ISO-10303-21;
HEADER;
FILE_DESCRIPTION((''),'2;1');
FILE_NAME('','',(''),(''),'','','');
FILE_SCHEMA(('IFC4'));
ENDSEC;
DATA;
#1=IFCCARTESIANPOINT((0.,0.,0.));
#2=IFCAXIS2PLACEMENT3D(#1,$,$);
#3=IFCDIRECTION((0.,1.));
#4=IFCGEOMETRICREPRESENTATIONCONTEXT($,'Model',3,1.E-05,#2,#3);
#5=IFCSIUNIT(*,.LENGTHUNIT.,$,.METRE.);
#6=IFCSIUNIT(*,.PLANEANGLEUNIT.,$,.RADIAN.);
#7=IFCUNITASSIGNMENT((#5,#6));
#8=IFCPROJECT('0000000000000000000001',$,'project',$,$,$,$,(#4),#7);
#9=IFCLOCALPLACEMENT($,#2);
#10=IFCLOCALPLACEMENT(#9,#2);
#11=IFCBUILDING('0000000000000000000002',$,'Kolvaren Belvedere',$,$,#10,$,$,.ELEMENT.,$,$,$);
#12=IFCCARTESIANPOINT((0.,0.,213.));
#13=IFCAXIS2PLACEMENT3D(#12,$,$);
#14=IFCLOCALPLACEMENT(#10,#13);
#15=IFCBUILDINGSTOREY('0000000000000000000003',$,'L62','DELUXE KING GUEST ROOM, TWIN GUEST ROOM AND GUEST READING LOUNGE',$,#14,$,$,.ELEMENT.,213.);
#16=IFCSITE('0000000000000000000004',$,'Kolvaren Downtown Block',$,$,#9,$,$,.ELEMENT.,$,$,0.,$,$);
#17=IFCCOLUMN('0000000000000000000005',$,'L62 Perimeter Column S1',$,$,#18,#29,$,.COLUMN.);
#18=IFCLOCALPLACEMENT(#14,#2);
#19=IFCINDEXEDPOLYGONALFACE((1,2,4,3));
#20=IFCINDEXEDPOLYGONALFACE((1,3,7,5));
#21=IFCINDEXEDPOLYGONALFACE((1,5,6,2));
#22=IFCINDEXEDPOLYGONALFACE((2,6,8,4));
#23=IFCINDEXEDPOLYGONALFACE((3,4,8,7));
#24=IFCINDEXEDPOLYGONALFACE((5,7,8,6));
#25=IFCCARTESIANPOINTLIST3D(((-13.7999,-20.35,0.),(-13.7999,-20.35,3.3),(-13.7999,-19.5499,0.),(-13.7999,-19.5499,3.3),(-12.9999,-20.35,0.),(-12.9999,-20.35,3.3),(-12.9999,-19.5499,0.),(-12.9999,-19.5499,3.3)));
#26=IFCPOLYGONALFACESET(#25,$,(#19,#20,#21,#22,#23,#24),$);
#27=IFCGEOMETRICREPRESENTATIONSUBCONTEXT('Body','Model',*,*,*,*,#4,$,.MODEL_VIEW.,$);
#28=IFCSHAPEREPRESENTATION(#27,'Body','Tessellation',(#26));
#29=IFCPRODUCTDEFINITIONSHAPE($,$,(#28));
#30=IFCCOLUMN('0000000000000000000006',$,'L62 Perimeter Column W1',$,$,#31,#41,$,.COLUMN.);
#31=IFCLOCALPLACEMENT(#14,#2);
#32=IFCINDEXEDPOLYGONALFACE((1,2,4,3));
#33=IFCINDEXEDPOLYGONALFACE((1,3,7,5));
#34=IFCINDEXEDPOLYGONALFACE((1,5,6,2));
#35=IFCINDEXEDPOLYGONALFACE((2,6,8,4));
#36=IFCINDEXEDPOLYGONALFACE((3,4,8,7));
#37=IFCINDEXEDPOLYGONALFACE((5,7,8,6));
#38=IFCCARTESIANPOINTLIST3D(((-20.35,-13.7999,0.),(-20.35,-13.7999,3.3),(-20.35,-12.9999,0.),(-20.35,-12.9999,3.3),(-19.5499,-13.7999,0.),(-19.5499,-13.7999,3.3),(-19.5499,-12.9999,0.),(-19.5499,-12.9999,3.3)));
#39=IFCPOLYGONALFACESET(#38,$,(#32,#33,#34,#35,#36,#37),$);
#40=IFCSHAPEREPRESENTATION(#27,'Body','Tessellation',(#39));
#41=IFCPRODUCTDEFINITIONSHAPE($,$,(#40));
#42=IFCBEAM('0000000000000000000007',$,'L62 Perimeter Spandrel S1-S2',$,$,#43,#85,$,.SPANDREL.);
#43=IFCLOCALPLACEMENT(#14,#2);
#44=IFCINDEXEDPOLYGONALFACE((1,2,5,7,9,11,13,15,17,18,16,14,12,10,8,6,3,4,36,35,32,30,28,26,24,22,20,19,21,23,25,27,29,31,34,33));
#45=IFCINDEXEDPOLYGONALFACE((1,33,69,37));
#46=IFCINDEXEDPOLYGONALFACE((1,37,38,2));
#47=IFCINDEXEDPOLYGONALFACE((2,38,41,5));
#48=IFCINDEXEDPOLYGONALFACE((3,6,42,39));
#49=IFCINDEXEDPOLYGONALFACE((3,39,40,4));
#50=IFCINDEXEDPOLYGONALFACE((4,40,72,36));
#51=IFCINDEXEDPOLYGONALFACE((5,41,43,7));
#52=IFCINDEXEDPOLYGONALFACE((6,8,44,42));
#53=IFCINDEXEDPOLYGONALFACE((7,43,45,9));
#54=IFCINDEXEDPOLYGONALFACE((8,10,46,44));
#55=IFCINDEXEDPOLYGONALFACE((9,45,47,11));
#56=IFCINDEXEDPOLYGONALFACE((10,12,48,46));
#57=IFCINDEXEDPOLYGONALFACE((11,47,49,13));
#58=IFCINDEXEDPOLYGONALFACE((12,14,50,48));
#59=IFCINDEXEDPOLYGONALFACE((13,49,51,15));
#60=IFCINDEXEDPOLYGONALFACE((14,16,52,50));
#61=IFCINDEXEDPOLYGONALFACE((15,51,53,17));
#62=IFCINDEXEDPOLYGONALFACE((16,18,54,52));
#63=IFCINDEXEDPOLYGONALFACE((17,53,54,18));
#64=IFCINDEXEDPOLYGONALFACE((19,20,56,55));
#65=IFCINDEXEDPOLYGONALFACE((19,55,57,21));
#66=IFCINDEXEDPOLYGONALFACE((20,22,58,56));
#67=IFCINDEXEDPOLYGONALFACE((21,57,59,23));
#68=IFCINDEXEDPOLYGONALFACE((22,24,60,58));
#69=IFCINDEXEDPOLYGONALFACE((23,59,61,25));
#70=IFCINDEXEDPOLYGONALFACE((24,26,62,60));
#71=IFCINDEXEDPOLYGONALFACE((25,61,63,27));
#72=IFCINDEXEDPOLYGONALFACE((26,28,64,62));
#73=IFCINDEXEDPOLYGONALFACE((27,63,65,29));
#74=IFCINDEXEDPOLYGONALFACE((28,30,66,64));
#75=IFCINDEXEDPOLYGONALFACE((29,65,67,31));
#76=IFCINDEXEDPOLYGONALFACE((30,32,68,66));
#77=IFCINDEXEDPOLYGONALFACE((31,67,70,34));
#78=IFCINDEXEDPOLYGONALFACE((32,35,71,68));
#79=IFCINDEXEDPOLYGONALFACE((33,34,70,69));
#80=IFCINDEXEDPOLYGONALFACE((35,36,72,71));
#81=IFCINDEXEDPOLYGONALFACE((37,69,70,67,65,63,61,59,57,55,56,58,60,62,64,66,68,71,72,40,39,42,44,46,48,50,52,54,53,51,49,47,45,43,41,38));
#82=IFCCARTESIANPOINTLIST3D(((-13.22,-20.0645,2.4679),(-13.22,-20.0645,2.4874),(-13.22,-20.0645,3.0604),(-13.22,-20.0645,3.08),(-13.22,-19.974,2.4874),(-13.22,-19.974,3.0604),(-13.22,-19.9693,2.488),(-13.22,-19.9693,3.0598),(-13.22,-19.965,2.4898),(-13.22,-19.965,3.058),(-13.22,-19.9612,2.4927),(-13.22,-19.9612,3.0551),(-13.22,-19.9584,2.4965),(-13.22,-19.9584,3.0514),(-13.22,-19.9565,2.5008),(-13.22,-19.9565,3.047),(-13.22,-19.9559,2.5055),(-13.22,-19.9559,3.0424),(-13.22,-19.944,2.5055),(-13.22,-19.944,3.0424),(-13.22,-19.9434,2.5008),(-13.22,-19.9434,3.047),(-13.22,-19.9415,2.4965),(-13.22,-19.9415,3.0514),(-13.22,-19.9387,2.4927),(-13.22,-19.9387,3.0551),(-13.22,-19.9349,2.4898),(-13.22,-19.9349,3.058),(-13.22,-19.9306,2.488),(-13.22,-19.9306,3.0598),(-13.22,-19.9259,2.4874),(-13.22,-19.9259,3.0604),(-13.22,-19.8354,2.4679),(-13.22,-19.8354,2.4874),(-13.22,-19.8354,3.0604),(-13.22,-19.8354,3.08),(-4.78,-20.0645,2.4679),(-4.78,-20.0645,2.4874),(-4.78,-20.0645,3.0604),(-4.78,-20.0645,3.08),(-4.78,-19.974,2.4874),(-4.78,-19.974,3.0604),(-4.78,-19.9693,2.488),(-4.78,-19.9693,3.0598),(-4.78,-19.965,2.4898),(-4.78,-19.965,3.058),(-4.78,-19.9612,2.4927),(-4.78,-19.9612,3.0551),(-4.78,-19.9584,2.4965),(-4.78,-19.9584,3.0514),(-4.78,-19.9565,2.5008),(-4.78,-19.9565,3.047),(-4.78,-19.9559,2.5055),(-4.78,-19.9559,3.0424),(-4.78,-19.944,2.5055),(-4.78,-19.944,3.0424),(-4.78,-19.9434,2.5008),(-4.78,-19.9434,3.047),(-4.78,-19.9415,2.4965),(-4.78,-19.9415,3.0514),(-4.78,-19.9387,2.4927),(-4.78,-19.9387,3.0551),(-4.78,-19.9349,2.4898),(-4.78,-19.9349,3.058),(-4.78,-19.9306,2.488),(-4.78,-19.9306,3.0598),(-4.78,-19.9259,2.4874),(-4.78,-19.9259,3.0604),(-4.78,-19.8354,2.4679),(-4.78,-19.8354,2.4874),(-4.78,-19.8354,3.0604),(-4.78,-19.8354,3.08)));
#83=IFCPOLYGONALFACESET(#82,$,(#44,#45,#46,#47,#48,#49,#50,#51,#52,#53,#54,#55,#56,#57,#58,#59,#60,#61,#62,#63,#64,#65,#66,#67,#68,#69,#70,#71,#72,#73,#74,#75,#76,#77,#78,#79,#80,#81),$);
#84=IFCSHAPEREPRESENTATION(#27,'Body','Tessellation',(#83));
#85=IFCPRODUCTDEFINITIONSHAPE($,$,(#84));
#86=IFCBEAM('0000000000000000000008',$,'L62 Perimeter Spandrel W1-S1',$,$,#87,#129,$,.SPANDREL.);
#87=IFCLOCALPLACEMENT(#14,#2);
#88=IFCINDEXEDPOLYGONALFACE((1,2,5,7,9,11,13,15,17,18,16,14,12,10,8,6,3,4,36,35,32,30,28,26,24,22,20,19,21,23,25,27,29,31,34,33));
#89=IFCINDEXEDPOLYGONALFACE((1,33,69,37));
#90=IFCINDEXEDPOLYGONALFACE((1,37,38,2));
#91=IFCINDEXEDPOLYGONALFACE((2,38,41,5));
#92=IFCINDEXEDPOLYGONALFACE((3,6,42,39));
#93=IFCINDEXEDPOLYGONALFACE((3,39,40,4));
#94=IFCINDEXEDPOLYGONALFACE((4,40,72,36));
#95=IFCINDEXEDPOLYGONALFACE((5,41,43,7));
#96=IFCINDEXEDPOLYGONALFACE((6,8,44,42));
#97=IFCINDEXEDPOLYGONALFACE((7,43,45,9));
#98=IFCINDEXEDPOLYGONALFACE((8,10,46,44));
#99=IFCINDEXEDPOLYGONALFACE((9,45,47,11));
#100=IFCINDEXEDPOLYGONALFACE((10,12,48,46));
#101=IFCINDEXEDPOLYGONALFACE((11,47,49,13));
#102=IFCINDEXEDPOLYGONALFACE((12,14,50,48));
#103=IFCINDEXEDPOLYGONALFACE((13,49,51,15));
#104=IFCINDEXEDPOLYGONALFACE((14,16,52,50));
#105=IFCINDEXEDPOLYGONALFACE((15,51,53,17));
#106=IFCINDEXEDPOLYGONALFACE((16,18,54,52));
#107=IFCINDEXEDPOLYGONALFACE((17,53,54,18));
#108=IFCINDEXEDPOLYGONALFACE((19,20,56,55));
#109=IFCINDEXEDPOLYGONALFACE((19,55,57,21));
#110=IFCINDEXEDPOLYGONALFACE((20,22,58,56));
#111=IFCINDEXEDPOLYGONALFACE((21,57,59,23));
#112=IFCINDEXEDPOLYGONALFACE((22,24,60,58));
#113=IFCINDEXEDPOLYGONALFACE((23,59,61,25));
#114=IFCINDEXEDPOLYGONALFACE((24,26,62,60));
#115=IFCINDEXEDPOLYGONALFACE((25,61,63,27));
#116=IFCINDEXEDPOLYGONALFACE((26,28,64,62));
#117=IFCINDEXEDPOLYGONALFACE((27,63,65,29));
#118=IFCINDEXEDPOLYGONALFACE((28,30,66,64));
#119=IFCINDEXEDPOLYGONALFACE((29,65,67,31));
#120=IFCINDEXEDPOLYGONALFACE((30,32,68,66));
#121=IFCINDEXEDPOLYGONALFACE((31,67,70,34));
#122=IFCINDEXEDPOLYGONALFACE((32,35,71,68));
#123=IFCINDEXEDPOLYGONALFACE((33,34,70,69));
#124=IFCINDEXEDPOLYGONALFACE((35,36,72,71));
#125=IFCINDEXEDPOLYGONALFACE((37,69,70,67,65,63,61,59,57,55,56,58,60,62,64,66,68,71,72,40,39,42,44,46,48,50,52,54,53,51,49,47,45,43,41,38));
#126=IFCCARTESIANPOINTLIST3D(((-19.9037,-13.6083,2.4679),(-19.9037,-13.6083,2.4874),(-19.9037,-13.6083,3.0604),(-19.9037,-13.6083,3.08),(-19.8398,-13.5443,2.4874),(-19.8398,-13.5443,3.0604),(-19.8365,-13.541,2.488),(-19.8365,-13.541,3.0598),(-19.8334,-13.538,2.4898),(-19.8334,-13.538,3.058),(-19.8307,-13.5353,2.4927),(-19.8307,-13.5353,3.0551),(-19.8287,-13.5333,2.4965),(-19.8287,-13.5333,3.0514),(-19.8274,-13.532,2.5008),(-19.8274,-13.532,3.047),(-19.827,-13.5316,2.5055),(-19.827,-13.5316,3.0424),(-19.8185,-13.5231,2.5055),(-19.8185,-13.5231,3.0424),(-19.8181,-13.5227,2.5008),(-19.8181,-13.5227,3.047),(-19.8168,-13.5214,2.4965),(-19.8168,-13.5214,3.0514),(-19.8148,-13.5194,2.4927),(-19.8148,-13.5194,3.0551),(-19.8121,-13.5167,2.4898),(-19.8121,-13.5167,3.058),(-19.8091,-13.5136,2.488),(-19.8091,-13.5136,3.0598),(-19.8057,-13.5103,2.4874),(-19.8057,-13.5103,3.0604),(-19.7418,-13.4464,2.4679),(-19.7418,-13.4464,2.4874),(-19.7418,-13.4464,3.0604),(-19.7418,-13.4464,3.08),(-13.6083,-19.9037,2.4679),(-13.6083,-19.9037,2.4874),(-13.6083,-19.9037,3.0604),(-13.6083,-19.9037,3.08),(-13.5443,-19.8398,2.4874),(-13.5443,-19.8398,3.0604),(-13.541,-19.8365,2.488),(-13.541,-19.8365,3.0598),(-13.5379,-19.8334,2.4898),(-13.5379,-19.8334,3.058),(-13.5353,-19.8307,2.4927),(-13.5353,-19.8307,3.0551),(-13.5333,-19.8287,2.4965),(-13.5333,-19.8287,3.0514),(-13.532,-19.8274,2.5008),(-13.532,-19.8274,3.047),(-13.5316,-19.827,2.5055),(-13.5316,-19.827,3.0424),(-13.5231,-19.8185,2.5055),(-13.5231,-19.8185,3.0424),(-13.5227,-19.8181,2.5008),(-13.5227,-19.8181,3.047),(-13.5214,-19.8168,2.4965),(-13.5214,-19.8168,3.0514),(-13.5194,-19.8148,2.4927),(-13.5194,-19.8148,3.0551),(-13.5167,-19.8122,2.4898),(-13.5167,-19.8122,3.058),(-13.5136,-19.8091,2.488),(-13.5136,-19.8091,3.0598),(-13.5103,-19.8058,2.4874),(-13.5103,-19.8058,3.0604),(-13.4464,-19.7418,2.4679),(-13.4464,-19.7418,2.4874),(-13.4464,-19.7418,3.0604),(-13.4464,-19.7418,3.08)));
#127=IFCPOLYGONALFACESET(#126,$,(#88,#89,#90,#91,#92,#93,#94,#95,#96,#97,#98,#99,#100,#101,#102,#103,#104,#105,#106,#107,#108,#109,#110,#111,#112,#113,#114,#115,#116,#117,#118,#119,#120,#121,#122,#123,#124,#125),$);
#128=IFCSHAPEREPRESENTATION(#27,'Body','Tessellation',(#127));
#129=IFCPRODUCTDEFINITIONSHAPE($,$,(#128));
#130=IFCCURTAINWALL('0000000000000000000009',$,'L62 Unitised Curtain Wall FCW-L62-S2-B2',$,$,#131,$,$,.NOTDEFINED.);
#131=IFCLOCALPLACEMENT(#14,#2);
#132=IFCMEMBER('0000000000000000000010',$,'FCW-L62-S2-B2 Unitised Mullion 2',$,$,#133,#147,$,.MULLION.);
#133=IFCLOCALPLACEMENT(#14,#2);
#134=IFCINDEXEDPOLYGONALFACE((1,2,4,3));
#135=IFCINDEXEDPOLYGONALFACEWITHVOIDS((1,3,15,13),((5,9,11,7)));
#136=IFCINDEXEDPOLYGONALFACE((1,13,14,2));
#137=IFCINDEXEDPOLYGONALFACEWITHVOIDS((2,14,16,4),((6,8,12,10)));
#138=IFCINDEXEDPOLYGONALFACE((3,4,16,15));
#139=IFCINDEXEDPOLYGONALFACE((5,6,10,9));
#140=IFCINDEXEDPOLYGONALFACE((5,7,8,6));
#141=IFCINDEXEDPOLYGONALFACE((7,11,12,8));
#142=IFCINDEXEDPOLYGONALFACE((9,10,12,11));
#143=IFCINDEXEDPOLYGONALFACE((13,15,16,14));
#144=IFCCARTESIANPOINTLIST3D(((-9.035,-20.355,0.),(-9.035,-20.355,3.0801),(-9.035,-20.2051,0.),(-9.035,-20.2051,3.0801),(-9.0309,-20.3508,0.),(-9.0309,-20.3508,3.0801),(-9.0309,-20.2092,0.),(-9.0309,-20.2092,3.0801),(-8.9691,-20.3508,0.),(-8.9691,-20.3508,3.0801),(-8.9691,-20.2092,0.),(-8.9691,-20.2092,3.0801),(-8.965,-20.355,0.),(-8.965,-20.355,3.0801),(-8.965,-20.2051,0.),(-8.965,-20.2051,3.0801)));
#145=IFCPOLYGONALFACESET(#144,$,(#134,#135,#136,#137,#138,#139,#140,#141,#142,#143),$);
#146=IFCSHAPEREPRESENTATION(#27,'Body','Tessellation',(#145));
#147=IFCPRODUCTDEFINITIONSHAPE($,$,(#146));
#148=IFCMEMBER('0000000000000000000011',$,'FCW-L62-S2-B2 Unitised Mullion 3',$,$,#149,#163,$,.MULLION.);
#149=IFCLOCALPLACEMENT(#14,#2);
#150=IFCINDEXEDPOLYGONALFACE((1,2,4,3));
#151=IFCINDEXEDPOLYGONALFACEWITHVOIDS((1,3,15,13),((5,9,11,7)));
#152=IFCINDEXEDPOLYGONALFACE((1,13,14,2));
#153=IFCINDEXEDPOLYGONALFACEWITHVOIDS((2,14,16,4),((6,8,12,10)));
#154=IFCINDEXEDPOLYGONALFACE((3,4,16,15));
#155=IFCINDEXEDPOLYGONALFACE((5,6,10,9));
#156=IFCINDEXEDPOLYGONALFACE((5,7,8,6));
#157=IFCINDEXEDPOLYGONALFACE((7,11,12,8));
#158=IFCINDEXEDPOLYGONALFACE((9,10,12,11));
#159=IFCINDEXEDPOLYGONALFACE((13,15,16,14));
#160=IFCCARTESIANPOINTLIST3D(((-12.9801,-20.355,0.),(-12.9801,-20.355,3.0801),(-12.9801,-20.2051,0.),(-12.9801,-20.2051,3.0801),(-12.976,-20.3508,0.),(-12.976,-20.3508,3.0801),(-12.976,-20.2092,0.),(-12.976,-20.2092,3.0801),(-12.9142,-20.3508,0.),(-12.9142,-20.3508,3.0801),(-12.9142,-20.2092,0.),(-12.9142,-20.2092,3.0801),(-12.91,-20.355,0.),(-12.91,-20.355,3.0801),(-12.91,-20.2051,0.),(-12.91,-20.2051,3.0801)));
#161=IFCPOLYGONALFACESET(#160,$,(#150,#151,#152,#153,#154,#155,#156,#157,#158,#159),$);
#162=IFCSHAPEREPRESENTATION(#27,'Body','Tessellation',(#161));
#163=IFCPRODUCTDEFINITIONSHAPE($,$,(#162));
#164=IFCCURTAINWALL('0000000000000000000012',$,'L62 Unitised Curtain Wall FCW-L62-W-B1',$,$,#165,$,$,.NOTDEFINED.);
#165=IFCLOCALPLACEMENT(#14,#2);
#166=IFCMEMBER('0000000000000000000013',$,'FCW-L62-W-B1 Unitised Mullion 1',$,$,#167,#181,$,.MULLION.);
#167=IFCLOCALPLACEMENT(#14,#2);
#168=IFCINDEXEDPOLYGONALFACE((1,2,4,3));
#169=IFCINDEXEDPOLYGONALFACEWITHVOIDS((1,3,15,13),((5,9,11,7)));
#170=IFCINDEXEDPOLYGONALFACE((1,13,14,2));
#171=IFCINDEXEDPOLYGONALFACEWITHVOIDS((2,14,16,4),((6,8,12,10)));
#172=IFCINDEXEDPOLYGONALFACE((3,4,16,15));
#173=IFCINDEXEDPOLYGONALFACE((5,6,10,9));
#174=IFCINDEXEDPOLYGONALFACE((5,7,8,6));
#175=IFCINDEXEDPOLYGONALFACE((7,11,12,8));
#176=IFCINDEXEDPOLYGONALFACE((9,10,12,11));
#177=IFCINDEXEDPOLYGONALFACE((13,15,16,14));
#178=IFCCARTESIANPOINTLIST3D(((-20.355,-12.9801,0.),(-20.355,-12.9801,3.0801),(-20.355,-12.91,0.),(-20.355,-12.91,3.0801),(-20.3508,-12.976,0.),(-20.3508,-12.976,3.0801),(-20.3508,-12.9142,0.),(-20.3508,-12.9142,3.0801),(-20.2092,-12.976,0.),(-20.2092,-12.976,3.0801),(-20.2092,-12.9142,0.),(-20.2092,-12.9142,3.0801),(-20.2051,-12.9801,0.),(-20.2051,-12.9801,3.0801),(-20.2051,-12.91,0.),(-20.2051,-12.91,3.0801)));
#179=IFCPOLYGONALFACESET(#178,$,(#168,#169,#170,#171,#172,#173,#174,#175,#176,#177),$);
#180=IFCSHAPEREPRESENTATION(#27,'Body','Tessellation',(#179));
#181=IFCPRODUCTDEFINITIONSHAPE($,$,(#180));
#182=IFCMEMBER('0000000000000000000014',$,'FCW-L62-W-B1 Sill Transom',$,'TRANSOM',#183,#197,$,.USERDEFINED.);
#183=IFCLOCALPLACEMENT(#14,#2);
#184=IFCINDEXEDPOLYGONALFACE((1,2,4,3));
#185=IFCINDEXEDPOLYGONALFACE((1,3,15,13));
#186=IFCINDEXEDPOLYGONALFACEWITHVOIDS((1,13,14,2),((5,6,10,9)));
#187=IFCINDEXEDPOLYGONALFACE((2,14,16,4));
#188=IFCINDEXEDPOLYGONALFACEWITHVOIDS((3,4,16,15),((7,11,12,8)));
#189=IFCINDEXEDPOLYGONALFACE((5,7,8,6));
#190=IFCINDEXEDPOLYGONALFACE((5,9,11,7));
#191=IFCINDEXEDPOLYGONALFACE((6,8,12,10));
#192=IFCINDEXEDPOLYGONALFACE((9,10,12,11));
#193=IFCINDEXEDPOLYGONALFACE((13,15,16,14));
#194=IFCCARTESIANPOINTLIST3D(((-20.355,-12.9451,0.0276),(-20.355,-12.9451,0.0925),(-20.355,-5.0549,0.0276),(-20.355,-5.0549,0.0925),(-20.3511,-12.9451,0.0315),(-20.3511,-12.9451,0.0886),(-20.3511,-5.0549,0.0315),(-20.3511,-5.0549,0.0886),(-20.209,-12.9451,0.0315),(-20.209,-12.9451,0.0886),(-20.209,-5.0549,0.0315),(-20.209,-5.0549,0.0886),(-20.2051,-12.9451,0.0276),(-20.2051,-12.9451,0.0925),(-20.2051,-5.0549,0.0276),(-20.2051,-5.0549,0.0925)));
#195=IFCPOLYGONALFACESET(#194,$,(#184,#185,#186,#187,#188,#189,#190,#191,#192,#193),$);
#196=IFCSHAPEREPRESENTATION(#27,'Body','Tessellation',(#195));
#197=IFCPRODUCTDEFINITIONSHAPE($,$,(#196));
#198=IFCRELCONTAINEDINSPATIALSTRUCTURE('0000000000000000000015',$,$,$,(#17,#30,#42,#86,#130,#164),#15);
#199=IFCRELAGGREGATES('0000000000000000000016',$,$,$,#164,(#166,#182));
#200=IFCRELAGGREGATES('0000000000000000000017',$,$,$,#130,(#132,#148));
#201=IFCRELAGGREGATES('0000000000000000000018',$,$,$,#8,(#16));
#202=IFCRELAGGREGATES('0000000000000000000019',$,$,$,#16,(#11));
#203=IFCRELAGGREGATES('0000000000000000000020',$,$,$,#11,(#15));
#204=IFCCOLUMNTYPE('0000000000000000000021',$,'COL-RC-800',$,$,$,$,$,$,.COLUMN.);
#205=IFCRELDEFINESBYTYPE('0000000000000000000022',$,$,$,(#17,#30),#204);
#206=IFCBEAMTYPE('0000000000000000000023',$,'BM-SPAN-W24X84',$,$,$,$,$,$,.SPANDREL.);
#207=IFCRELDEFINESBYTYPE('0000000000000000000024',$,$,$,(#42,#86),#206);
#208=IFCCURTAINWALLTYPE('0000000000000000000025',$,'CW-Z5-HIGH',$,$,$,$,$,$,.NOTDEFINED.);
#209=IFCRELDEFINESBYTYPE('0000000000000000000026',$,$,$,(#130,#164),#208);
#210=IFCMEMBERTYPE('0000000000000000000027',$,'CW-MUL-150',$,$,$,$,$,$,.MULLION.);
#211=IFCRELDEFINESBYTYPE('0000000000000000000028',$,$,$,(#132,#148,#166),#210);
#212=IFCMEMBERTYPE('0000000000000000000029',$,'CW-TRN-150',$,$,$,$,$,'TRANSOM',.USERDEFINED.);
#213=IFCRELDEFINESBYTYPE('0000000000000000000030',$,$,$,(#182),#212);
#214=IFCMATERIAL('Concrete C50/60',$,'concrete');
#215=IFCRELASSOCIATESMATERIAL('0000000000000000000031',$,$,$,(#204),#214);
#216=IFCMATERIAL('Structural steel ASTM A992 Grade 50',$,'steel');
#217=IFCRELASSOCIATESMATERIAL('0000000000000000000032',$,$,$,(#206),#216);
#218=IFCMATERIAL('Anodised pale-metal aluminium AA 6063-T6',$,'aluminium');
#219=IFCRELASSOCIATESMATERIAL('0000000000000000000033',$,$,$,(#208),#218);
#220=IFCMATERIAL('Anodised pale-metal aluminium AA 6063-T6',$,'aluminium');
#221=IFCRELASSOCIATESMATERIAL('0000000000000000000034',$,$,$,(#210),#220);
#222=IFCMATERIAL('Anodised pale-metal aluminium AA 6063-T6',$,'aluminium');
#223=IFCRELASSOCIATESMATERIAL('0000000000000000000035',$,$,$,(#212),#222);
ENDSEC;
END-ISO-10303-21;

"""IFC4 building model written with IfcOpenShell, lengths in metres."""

from ifc_helpers import new_model, si_unit, direction, frame, origin, origin_2d, place, context, subcontext, project, spatial, rectangle, hollow_rectangle, i_section, extrude, material, material_profile, profile_set, type_object, element, aggregate, save


model = new_model("IFC4")

# Units and contexts
model_context = context("Model", 3, precision=1e-05, world=origin(), true_north=direction((0.0, 1.0)))
body_context = subcontext(model_context, "Body", "Model", "MODEL_VIEW")
ifc_project = project(units=[si_unit("LENGTHUNIT", "METRE"), si_unit("PLANEANGLEUNIT", "RADIAN")], contexts=[model_context])

# Site, building, storey
site_placement = place(None, origin())
site = spatial("IfcSite", under=ifc_project, at=site_placement, Name="Kolvaren Downtown Block", CompositionType="ELEMENT", RefElevation=0.0)
building_placement = place(site_placement, origin())
building = spatial("IfcBuilding", under=site, at=building_placement, Name="Kolvaren Belvedere", CompositionType="ELEMENT")
storey_placement = place(building_placement, frame((0.0, 0.0, 213.0)))
storey = spatial("IfcBuildingStorey", under=building, at=storey_placement, Name="L62", Description="DELUXE KING GUEST ROOM, TWIN GUEST ROOM AND GUEST READING LOUNGE", CompositionType="ELEMENT", Elevation=213.0)

# Columns
ifc_material_1 = material(Name="Concrete C50/60", Category="concrete")
ifc_material_profile_1 = material_profile(ifc_material_1, rectangle(XDim=0.8, YDim=0.8, at=origin_2d()), Name="RC 800X800")
ifc_profile_set_1 = profile_set([ifc_material_profile_1], Name="Concrete C50/60")
column_type = type_object("IfcColumnType", Name="COL-RC-800", PredefinedType="COLUMN", material=ifc_profile_set_1)
for number, where, z_axis, x_axis, name in (
    (1, (-13.3999, -19.95, 0.0), (0.0, 0.0, 1.0), (1.0, 0.0, 0.0), "L62 Perimeter Column S1"),
    (2, (-19.95, -13.3999, 0.0), (0.0, 0.0, 1.0), (1.0, 0.0, 0.0), "L62 Perimeter Column W1"),
):
    element("IfcColumn", number, at=place(storey_placement, frame(where, z_axis=z_axis, x_axis=x_axis)), inside=storey, type_object=column_type, Name=name, PredefinedType="COLUMN", context=body_context, shape_type="SweptSolid", body=[
        extrude(rectangle(XDim=0.8, YDim=0.8, at=origin_2d()), origin(), (0.0, 0.0, 1.0), 3.3),
    ])

# Beams
ifc_material_2 = material(Name="Structural steel ASTM A992 Grade 50", Category="steel")
ifc_material_profile_2 = material_profile(ifc_material_2, i_section(OverallWidth=0.229, OverallDepth=0.6121, WebThickness=0.012, FlangeThickness=0.0195, FilletRadius=0.0181, at=origin_2d()), Name="W24X84")
ifc_profile_set_2 = profile_set([ifc_material_profile_2], Name="Structural steel ASTM A992 Grade 50")
beam_type = type_object("IfcBeamType", Name="BM-SPAN-W24X84", PredefinedType="SPANDREL", material=ifc_profile_set_2)
beam_1_placement = place(storey_placement, frame((-13.22, -19.95, 2.7739), z_axis=(1.0, 0.0, 0.0), x_axis=(0.0, 1.0, 0.0)))
element("IfcBeam", 3, at=beam_1_placement, inside=storey, type_object=beam_type, Name="L62 Perimeter Spandrel S1-S2", PredefinedType="SPANDREL", context=body_context, shape_type="SweptSolid", body=[
    extrude(i_section(OverallWidth=0.229, OverallDepth=0.6121, WebThickness=0.012, FlangeThickness=0.0195, FilletRadius=0.0181, at=origin_2d()), origin(), (0.0, 0.0, 1.0), 8.4399),
])
beam_2_placement = place(storey_placement, frame((-19.8228, -13.5273, 2.7739), z_axis=(0.707107, -0.707107, 0.0), x_axis=(0.707107, 0.707107, 0.0)))
element("IfcBeam", 4, at=beam_2_placement, inside=storey, type_object=beam_type, Name="L62 Perimeter Spandrel W1-S1", PredefinedType="SPANDREL", context=body_context, shape_type="SweptSolid", body=[
    extrude(i_section(OverallWidth=0.229, OverallDepth=0.6121, WebThickness=0.012, FlangeThickness=0.0195, FilletRadius=0.0181, at=origin_2d()), origin(), (0.0, 0.0, 1.0), 8.9031),
])

# Curtain walls, members
ifc_material_3 = material(Name="Anodised pale-metal aluminium AA 6063-T6", Category="aluminium")
curtain_wall_type = type_object("IfcCurtainWallType", Name="CW-Z5-HIGH", PredefinedType="NOTDEFINED", material=ifc_material_3)
curtain_wall_1_placement = place(storey_placement, origin())
curtain_wall_1 = element("IfcCurtainWall", 5, at=curtain_wall_1_placement, inside=storey, type_object=curtain_wall_type, Name="L62 Unitised Curtain Wall FCW-L62-S2-B2", PredefinedType="NOTDEFINED")
ifc_material_4 = material(Name="Anodised pale-metal aluminium AA 6063-T6", Category="aluminium")
ifc_material_profile_3 = material_profile(ifc_material_4, hollow_rectangle(XDim=0.0701, YDim=0.1499, WallThickness=0.0042, at=origin_2d()), Name="ALU-MUL-150X70")
ifc_profile_set_3 = profile_set([ifc_material_profile_3], Name="Anodised pale-metal aluminium AA 6063-T6")
member_type_1 = type_object("IfcMemberType", Name="CW-MUL-150", PredefinedType="MULLION", material=ifc_profile_set_3)
member_1_placement = place(storey_placement, frame((-9.0, -20.28, 0.0), z_axis=(0.0, 0.0, 1.0), x_axis=(1.0, 0.0, 0.0)))
member_1 = element("IfcMember", 6, at=member_1_placement, type_object=member_type_1, Name="FCW-L62-S2-B2 Unitised Mullion 2", PredefinedType="MULLION", context=body_context, shape_type="SweptSolid", body=[
    extrude(hollow_rectangle(XDim=0.0701, YDim=0.1499, WallThickness=0.0042, at=origin_2d()), origin(), (0.0, 0.0, 1.0), 3.0801),
])
member_2_placement = place(storey_placement, frame((-12.9451, -20.28, 0.0), z_axis=(0.0, 0.0, 1.0), x_axis=(1.0, 0.0, 0.0)))
member_2 = element("IfcMember", 7, at=member_2_placement, type_object=member_type_1, Name="FCW-L62-S2-B2 Unitised Mullion 3", PredefinedType="MULLION", context=body_context, shape_type="SweptSolid", body=[
    extrude(hollow_rectangle(XDim=0.0701, YDim=0.1499, WallThickness=0.0042, at=origin_2d()), origin(), (0.0, 0.0, 1.0), 3.0801),
])
curtain_wall_2_placement = place(storey_placement, origin())
curtain_wall_2 = element("IfcCurtainWall", 8, at=curtain_wall_2_placement, inside=storey, type_object=curtain_wall_type, Name="L62 Unitised Curtain Wall FCW-L62-W-B1", PredefinedType="NOTDEFINED")
member_3_placement = place(storey_placement, frame((-20.28, -12.9451, 0.0), z_axis=(0.0, 0.0, 1.0), x_axis=(0.0, 1.0, 0.0)))
member_3 = element("IfcMember", 9, at=member_3_placement, type_object=member_type_1, Name="FCW-L62-W-B1 Unitised Mullion 1", PredefinedType="MULLION", context=body_context, shape_type="SweptSolid", body=[
    extrude(hollow_rectangle(XDim=0.0701, YDim=0.1499, WallThickness=0.0042, at=origin_2d()), origin(), (0.0, 0.0, 1.0), 3.0801),
])
ifc_material_5 = material(Name="Anodised pale-metal aluminium AA 6063-T6", Category="aluminium")
ifc_material_profile_4 = material_profile(ifc_material_5, hollow_rectangle(XDim=0.0649, YDim=0.1499, WallThickness=0.0039, at=origin_2d()), Name="ALU-TRN-150X65")
ifc_profile_set_4 = profile_set([ifc_material_profile_4], Name="Anodised pale-metal aluminium AA 6063-T6")
member_type_2 = type_object("IfcMemberType", Name="CW-TRN-150", ElementType="TRANSOM", PredefinedType="USERDEFINED", material=ifc_profile_set_4)
member_4_placement = place(storey_placement, frame((-20.28, -12.9451, 0.0601), z_axis=(0.0, 1.0, 0.0), x_axis=(0.0, 0.0, 1.0)))
member_4 = element("IfcMember", 10, at=member_4_placement, type_object=member_type_2, Name="FCW-L62-W-B1 Sill Transom", ObjectType="TRANSOM", PredefinedType="USERDEFINED", context=body_context, shape_type="SweptSolid", body=[
    extrude(hollow_rectangle(XDim=0.0649, YDim=0.1499, WallThickness=0.0039, at=origin_2d()), origin(), (0.0, 0.0, 1.0), 7.8901),
])
aggregate(curtain_wall_2, [member_3, member_4])

aggregate(curtain_wall_1, [member_1, member_2])

save(model, "model.ifc")
